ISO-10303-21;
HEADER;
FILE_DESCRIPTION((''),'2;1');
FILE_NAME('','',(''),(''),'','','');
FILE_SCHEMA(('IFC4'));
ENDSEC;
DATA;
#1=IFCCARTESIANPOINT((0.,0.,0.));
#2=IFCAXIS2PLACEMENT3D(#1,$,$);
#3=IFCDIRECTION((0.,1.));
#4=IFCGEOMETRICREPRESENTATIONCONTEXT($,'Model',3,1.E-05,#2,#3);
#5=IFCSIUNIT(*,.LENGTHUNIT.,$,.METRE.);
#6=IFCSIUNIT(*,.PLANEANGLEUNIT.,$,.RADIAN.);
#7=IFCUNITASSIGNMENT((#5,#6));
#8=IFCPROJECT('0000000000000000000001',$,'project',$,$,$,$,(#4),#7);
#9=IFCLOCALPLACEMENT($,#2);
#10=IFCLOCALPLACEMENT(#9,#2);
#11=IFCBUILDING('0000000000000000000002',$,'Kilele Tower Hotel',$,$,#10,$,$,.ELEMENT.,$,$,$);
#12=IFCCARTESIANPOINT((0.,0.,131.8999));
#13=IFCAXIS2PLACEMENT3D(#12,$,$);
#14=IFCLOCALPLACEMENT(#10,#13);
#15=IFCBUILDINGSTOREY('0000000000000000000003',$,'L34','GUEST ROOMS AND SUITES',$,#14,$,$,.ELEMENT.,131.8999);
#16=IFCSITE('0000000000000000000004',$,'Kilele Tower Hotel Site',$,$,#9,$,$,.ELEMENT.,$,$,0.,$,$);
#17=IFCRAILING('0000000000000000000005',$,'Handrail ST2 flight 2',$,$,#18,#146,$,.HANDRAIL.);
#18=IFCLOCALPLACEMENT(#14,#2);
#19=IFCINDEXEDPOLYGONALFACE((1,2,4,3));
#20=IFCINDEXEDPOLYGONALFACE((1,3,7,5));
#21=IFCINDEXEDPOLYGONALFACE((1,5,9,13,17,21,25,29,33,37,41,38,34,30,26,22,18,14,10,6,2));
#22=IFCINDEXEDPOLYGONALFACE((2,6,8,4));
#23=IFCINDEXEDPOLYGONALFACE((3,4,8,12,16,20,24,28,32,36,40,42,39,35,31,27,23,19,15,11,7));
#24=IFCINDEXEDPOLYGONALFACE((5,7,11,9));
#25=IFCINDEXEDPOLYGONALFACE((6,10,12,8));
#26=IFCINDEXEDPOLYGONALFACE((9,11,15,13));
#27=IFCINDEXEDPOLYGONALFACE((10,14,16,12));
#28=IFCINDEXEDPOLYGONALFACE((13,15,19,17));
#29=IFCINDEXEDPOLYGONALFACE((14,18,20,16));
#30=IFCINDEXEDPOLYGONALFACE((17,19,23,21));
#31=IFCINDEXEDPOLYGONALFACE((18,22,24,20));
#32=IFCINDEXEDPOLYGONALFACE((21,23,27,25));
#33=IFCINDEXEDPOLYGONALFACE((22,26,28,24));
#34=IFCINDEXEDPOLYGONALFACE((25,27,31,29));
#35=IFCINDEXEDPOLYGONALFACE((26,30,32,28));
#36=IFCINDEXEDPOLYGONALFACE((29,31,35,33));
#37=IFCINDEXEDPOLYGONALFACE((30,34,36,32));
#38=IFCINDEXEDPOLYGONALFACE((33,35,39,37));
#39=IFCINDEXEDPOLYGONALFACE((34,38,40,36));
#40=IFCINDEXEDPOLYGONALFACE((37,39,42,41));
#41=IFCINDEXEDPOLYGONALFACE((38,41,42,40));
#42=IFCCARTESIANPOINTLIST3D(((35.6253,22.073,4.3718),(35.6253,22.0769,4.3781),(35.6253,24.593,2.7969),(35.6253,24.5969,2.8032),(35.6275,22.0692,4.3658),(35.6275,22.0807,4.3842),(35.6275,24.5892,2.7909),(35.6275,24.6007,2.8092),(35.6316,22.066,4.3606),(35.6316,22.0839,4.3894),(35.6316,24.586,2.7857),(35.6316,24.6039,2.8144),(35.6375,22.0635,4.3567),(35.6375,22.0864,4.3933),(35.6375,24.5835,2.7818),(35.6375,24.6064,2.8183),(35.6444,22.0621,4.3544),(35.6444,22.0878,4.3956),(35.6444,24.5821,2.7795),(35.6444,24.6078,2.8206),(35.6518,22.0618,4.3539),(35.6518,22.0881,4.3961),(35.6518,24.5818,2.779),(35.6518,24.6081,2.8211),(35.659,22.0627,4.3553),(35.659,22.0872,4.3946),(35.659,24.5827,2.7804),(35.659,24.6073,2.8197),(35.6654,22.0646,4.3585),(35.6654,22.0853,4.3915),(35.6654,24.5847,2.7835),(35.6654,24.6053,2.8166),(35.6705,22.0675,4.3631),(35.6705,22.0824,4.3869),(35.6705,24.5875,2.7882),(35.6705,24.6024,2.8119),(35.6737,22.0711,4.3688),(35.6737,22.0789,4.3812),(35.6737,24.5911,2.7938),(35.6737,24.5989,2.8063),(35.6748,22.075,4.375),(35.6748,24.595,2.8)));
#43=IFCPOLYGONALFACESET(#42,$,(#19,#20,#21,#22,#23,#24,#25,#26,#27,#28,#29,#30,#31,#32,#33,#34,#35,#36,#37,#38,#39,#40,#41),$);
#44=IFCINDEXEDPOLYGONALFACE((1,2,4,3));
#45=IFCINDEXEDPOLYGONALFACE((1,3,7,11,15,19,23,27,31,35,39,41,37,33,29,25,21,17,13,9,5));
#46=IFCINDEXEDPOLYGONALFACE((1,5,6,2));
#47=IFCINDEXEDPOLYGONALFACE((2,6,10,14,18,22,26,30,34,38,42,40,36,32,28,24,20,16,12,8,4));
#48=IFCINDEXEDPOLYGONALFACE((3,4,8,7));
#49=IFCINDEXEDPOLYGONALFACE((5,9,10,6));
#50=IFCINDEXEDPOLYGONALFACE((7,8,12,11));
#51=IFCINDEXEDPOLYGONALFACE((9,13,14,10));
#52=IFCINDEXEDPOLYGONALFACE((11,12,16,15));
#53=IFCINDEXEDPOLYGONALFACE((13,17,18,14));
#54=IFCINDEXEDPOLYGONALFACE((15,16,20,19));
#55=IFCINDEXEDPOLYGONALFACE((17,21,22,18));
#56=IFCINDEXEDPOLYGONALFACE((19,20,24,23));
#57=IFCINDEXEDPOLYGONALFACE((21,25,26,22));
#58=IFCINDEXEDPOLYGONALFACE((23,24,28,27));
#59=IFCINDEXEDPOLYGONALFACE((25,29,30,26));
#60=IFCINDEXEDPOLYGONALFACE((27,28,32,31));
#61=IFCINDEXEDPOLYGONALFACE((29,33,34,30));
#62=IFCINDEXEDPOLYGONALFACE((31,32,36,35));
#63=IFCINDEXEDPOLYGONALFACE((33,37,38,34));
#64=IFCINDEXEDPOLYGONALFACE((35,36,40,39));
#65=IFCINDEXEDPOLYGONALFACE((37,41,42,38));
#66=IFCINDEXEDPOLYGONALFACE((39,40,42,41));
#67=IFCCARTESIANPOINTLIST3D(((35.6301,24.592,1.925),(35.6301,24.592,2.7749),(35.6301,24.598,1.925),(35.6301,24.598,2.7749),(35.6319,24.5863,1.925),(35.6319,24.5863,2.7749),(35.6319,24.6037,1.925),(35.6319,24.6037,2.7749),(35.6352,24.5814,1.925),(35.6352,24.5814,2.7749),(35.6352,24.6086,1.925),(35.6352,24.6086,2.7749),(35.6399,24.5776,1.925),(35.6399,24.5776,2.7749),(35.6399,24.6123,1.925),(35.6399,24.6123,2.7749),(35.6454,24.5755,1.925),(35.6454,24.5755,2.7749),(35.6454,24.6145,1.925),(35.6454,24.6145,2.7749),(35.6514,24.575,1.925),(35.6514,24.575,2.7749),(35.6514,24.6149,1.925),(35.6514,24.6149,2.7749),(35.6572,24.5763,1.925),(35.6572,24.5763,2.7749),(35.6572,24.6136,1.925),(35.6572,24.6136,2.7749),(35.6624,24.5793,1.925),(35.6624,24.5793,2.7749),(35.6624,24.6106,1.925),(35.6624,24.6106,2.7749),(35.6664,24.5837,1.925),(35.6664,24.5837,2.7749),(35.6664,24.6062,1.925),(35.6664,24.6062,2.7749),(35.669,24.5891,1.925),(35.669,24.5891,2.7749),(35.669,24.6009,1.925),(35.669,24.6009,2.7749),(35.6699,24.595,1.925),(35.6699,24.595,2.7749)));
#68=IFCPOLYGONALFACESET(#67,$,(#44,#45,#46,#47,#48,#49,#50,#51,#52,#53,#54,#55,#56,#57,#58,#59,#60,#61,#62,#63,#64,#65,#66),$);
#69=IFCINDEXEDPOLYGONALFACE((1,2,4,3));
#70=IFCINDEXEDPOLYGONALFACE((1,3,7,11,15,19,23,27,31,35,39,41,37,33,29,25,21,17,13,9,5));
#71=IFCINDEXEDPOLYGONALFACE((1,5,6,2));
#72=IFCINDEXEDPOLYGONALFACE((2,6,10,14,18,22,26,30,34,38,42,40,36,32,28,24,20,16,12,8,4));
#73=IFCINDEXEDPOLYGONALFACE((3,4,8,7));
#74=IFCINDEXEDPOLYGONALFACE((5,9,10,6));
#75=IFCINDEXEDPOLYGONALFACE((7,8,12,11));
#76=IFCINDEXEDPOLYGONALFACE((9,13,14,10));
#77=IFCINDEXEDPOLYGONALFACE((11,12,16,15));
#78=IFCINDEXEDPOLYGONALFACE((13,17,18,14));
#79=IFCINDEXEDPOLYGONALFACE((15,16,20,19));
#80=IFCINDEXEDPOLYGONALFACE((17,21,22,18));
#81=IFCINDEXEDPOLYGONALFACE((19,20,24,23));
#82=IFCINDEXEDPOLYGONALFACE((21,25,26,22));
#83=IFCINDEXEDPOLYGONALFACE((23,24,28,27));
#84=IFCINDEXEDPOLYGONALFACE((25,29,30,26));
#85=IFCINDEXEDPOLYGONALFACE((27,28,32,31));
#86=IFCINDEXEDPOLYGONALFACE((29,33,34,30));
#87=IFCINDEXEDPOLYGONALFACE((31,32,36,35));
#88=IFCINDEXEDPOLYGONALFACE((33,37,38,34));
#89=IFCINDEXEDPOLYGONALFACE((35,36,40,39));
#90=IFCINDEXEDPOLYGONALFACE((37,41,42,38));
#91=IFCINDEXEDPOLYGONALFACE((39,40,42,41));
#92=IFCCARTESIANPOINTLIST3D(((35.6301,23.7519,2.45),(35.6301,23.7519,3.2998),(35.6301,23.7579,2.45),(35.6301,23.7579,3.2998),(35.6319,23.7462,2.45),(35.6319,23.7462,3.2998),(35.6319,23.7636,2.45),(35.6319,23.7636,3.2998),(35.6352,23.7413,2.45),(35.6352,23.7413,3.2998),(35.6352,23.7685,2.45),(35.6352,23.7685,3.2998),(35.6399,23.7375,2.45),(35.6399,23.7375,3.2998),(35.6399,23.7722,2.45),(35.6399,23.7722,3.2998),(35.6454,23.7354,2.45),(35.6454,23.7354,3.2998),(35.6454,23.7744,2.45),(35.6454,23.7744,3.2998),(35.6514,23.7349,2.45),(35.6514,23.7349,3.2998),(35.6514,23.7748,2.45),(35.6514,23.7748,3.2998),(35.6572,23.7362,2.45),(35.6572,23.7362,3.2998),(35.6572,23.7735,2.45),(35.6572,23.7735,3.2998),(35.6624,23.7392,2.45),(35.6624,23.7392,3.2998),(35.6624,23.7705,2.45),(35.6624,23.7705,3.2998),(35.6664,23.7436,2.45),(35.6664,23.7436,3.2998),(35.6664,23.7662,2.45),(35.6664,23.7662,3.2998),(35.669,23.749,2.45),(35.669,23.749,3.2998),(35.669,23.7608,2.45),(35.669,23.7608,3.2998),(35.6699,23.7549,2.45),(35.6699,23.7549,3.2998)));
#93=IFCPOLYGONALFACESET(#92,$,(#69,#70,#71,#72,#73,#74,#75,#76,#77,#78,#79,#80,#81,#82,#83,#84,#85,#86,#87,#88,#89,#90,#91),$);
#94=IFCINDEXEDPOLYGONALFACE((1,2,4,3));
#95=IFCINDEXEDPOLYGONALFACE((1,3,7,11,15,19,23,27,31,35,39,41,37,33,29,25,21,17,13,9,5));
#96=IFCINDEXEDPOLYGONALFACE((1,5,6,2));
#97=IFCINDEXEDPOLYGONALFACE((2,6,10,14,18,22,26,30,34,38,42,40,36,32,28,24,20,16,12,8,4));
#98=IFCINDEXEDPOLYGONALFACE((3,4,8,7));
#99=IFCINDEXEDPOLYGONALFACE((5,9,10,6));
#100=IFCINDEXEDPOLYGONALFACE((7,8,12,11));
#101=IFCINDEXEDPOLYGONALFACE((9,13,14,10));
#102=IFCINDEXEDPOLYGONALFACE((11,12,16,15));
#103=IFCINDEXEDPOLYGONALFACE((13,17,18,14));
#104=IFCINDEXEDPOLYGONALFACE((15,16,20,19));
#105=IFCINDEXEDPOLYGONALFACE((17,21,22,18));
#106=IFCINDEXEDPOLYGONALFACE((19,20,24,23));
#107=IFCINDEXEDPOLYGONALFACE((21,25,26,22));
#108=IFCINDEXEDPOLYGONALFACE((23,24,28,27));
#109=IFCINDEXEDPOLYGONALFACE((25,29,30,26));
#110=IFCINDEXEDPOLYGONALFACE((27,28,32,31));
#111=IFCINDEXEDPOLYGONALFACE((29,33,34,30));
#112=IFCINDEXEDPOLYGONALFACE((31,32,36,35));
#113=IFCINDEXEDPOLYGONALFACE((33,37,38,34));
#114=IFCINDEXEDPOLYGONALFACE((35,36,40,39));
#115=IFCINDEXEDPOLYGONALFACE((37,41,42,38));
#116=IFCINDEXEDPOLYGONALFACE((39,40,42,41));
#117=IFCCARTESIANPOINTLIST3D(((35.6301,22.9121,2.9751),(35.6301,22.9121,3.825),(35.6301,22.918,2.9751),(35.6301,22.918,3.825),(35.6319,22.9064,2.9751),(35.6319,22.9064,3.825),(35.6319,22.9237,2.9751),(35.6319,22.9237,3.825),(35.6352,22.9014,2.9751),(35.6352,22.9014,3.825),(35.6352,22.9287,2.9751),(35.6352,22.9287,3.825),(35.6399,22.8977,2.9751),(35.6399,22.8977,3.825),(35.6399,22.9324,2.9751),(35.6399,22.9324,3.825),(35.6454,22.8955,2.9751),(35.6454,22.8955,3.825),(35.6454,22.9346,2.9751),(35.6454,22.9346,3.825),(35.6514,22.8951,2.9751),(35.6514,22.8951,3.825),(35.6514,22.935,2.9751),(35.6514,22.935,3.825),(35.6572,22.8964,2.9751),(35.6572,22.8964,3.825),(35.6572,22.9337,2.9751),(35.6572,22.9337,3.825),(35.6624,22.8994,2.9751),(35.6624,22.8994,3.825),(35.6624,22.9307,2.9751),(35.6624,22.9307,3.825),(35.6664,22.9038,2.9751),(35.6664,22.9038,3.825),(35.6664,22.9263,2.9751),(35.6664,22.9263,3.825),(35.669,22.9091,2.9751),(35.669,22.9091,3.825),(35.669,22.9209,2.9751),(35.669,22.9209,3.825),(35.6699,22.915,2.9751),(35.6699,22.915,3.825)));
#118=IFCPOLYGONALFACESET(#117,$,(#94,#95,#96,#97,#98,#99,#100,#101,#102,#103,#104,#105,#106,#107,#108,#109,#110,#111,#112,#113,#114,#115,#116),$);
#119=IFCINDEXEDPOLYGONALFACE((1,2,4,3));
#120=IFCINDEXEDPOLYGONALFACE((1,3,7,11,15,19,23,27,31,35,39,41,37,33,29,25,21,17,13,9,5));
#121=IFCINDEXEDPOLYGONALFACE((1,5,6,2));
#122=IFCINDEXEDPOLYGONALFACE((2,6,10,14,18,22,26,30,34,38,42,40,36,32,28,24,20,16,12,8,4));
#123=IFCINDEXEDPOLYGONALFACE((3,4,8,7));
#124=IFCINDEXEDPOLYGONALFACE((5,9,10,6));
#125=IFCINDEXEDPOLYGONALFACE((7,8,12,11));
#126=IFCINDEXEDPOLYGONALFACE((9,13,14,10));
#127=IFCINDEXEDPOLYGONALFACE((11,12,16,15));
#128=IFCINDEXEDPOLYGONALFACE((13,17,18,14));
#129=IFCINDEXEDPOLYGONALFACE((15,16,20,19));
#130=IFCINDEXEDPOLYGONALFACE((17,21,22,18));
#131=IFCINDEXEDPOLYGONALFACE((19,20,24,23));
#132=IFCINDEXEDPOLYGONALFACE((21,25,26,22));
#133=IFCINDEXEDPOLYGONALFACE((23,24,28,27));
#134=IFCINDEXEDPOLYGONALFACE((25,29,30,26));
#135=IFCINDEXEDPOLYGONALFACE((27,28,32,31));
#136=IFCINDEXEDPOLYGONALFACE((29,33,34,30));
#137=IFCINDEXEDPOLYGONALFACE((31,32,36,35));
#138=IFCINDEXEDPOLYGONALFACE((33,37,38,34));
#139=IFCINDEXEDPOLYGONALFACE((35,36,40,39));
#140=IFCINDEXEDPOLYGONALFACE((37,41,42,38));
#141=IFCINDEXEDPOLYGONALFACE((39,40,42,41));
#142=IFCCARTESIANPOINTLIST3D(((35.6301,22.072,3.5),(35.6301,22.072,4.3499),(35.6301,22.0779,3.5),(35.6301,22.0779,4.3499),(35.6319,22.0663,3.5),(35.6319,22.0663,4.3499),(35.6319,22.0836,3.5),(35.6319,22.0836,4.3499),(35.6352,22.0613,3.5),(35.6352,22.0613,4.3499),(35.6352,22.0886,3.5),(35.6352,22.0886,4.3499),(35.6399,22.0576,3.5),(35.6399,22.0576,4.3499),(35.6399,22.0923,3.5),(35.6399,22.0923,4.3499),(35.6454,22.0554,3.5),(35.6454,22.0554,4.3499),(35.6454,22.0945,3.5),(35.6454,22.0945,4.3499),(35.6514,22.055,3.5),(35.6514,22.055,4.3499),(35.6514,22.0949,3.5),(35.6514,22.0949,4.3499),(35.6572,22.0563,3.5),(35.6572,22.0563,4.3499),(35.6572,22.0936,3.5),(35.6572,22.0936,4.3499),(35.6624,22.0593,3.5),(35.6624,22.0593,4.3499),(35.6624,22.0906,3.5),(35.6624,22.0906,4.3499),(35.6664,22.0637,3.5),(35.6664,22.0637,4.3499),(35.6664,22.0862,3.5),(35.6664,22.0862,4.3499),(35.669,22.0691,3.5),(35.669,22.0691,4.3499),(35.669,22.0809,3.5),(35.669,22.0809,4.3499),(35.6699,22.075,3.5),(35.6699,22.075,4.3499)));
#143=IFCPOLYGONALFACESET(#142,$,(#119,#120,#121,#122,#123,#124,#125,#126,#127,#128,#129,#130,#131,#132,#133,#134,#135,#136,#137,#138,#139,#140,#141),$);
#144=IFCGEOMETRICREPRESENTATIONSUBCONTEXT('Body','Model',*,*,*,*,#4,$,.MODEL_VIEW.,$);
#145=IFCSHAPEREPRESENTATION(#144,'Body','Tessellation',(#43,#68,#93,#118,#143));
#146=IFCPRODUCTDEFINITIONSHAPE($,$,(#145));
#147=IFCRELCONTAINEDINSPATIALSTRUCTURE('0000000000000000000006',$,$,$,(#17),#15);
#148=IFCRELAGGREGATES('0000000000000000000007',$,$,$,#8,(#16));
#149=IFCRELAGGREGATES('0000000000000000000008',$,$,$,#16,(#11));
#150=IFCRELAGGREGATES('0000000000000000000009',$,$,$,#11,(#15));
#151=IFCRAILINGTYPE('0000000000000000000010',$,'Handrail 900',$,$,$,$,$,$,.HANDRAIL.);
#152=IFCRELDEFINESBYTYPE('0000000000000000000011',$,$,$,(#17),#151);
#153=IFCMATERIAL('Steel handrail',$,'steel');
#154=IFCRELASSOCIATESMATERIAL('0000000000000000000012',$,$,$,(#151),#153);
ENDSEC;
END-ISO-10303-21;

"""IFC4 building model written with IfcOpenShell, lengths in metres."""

from ifc_helpers import new_model, si_unit, direction, frame, origin, origin_2d, place, context, subcontext, project, spatial, circle, extrude, material, type_object, element, save


model = new_model("IFC4")

# Units and contexts
model_context = context("Model", 3, precision=1e-05, world=origin(), true_north=direction((0.0, 1.0)))
body_context = subcontext(model_context, "Body", "Model", "MODEL_VIEW")
ifc_project = project(units=[si_unit("LENGTHUNIT", "METRE"), si_unit("PLANEANGLEUNIT", "RADIAN")], contexts=[model_context])

# Site, building, storey
site_placement = place(None, origin())
site = spatial("IfcSite", under=ifc_project, at=site_placement, Name="Kilele Tower Hotel Site", CompositionType="ELEMENT", RefElevation=0.0)
building_placement = place(site_placement, origin())
building = spatial("IfcBuilding", under=site, at=building_placement, Name="Kilele Tower Hotel", CompositionType="ELEMENT")
storey_placement = place(building_placement, frame((0.0, 0.0, 131.8999)))
storey = spatial("IfcBuildingStorey", under=building, at=storey_placement, Name="L34", Description="GUEST ROOMS AND SUITES", CompositionType="ELEMENT", Elevation=131.8999)

# Railing
ifc_material_1 = material(Name="Steel handrail", Category="steel")
railing_type_1 = type_object("IfcRailingType", Name="Handrail 900", PredefinedType="HANDRAIL", material=ifc_material_1)
for number, where, name in (
    (1, (35.6499, 24.595, 1.925), "Handrail ST2 flight 2"),
):
    element("IfcRailing", number, at=place(storey_placement, frame(where)), inside=storey, type_object=railing_type_1, Name=name, PredefinedType="HANDRAIL", context=body_context, shape_type="SweptSolid", body=[
        extrude(circle(Radius=0.0249, at=origin_2d()), frame((0.0, 0.0, 0.875), z_axis=(0.0, -0.848008, 0.529984), x_axis=(1.0, 0.0, 0.0)), (0.0, 0.0, 1.0), 2.9717),
        extrude(circle(Radius=0.02, at=origin_2d()), origin(), (0.0, 0.0, 1.0), 0.8499),
        extrude(circle(Radius=0.02, at=origin_2d()), frame((0.0, -0.8401, 0.5249)), (0.0, 0.0, 1.0), 0.8499),
        extrude(circle(Radius=0.02, at=origin_2d()), frame((0.0, -1.6799, 1.05)), (0.0, 0.0, 1.0), 0.8499),
        extrude(circle(Radius=0.02, at=origin_2d()), frame((0.0, -2.52, 1.575)), (0.0, 0.0, 1.0), 0.8499),
    ])

save(model, "model.ifc")
